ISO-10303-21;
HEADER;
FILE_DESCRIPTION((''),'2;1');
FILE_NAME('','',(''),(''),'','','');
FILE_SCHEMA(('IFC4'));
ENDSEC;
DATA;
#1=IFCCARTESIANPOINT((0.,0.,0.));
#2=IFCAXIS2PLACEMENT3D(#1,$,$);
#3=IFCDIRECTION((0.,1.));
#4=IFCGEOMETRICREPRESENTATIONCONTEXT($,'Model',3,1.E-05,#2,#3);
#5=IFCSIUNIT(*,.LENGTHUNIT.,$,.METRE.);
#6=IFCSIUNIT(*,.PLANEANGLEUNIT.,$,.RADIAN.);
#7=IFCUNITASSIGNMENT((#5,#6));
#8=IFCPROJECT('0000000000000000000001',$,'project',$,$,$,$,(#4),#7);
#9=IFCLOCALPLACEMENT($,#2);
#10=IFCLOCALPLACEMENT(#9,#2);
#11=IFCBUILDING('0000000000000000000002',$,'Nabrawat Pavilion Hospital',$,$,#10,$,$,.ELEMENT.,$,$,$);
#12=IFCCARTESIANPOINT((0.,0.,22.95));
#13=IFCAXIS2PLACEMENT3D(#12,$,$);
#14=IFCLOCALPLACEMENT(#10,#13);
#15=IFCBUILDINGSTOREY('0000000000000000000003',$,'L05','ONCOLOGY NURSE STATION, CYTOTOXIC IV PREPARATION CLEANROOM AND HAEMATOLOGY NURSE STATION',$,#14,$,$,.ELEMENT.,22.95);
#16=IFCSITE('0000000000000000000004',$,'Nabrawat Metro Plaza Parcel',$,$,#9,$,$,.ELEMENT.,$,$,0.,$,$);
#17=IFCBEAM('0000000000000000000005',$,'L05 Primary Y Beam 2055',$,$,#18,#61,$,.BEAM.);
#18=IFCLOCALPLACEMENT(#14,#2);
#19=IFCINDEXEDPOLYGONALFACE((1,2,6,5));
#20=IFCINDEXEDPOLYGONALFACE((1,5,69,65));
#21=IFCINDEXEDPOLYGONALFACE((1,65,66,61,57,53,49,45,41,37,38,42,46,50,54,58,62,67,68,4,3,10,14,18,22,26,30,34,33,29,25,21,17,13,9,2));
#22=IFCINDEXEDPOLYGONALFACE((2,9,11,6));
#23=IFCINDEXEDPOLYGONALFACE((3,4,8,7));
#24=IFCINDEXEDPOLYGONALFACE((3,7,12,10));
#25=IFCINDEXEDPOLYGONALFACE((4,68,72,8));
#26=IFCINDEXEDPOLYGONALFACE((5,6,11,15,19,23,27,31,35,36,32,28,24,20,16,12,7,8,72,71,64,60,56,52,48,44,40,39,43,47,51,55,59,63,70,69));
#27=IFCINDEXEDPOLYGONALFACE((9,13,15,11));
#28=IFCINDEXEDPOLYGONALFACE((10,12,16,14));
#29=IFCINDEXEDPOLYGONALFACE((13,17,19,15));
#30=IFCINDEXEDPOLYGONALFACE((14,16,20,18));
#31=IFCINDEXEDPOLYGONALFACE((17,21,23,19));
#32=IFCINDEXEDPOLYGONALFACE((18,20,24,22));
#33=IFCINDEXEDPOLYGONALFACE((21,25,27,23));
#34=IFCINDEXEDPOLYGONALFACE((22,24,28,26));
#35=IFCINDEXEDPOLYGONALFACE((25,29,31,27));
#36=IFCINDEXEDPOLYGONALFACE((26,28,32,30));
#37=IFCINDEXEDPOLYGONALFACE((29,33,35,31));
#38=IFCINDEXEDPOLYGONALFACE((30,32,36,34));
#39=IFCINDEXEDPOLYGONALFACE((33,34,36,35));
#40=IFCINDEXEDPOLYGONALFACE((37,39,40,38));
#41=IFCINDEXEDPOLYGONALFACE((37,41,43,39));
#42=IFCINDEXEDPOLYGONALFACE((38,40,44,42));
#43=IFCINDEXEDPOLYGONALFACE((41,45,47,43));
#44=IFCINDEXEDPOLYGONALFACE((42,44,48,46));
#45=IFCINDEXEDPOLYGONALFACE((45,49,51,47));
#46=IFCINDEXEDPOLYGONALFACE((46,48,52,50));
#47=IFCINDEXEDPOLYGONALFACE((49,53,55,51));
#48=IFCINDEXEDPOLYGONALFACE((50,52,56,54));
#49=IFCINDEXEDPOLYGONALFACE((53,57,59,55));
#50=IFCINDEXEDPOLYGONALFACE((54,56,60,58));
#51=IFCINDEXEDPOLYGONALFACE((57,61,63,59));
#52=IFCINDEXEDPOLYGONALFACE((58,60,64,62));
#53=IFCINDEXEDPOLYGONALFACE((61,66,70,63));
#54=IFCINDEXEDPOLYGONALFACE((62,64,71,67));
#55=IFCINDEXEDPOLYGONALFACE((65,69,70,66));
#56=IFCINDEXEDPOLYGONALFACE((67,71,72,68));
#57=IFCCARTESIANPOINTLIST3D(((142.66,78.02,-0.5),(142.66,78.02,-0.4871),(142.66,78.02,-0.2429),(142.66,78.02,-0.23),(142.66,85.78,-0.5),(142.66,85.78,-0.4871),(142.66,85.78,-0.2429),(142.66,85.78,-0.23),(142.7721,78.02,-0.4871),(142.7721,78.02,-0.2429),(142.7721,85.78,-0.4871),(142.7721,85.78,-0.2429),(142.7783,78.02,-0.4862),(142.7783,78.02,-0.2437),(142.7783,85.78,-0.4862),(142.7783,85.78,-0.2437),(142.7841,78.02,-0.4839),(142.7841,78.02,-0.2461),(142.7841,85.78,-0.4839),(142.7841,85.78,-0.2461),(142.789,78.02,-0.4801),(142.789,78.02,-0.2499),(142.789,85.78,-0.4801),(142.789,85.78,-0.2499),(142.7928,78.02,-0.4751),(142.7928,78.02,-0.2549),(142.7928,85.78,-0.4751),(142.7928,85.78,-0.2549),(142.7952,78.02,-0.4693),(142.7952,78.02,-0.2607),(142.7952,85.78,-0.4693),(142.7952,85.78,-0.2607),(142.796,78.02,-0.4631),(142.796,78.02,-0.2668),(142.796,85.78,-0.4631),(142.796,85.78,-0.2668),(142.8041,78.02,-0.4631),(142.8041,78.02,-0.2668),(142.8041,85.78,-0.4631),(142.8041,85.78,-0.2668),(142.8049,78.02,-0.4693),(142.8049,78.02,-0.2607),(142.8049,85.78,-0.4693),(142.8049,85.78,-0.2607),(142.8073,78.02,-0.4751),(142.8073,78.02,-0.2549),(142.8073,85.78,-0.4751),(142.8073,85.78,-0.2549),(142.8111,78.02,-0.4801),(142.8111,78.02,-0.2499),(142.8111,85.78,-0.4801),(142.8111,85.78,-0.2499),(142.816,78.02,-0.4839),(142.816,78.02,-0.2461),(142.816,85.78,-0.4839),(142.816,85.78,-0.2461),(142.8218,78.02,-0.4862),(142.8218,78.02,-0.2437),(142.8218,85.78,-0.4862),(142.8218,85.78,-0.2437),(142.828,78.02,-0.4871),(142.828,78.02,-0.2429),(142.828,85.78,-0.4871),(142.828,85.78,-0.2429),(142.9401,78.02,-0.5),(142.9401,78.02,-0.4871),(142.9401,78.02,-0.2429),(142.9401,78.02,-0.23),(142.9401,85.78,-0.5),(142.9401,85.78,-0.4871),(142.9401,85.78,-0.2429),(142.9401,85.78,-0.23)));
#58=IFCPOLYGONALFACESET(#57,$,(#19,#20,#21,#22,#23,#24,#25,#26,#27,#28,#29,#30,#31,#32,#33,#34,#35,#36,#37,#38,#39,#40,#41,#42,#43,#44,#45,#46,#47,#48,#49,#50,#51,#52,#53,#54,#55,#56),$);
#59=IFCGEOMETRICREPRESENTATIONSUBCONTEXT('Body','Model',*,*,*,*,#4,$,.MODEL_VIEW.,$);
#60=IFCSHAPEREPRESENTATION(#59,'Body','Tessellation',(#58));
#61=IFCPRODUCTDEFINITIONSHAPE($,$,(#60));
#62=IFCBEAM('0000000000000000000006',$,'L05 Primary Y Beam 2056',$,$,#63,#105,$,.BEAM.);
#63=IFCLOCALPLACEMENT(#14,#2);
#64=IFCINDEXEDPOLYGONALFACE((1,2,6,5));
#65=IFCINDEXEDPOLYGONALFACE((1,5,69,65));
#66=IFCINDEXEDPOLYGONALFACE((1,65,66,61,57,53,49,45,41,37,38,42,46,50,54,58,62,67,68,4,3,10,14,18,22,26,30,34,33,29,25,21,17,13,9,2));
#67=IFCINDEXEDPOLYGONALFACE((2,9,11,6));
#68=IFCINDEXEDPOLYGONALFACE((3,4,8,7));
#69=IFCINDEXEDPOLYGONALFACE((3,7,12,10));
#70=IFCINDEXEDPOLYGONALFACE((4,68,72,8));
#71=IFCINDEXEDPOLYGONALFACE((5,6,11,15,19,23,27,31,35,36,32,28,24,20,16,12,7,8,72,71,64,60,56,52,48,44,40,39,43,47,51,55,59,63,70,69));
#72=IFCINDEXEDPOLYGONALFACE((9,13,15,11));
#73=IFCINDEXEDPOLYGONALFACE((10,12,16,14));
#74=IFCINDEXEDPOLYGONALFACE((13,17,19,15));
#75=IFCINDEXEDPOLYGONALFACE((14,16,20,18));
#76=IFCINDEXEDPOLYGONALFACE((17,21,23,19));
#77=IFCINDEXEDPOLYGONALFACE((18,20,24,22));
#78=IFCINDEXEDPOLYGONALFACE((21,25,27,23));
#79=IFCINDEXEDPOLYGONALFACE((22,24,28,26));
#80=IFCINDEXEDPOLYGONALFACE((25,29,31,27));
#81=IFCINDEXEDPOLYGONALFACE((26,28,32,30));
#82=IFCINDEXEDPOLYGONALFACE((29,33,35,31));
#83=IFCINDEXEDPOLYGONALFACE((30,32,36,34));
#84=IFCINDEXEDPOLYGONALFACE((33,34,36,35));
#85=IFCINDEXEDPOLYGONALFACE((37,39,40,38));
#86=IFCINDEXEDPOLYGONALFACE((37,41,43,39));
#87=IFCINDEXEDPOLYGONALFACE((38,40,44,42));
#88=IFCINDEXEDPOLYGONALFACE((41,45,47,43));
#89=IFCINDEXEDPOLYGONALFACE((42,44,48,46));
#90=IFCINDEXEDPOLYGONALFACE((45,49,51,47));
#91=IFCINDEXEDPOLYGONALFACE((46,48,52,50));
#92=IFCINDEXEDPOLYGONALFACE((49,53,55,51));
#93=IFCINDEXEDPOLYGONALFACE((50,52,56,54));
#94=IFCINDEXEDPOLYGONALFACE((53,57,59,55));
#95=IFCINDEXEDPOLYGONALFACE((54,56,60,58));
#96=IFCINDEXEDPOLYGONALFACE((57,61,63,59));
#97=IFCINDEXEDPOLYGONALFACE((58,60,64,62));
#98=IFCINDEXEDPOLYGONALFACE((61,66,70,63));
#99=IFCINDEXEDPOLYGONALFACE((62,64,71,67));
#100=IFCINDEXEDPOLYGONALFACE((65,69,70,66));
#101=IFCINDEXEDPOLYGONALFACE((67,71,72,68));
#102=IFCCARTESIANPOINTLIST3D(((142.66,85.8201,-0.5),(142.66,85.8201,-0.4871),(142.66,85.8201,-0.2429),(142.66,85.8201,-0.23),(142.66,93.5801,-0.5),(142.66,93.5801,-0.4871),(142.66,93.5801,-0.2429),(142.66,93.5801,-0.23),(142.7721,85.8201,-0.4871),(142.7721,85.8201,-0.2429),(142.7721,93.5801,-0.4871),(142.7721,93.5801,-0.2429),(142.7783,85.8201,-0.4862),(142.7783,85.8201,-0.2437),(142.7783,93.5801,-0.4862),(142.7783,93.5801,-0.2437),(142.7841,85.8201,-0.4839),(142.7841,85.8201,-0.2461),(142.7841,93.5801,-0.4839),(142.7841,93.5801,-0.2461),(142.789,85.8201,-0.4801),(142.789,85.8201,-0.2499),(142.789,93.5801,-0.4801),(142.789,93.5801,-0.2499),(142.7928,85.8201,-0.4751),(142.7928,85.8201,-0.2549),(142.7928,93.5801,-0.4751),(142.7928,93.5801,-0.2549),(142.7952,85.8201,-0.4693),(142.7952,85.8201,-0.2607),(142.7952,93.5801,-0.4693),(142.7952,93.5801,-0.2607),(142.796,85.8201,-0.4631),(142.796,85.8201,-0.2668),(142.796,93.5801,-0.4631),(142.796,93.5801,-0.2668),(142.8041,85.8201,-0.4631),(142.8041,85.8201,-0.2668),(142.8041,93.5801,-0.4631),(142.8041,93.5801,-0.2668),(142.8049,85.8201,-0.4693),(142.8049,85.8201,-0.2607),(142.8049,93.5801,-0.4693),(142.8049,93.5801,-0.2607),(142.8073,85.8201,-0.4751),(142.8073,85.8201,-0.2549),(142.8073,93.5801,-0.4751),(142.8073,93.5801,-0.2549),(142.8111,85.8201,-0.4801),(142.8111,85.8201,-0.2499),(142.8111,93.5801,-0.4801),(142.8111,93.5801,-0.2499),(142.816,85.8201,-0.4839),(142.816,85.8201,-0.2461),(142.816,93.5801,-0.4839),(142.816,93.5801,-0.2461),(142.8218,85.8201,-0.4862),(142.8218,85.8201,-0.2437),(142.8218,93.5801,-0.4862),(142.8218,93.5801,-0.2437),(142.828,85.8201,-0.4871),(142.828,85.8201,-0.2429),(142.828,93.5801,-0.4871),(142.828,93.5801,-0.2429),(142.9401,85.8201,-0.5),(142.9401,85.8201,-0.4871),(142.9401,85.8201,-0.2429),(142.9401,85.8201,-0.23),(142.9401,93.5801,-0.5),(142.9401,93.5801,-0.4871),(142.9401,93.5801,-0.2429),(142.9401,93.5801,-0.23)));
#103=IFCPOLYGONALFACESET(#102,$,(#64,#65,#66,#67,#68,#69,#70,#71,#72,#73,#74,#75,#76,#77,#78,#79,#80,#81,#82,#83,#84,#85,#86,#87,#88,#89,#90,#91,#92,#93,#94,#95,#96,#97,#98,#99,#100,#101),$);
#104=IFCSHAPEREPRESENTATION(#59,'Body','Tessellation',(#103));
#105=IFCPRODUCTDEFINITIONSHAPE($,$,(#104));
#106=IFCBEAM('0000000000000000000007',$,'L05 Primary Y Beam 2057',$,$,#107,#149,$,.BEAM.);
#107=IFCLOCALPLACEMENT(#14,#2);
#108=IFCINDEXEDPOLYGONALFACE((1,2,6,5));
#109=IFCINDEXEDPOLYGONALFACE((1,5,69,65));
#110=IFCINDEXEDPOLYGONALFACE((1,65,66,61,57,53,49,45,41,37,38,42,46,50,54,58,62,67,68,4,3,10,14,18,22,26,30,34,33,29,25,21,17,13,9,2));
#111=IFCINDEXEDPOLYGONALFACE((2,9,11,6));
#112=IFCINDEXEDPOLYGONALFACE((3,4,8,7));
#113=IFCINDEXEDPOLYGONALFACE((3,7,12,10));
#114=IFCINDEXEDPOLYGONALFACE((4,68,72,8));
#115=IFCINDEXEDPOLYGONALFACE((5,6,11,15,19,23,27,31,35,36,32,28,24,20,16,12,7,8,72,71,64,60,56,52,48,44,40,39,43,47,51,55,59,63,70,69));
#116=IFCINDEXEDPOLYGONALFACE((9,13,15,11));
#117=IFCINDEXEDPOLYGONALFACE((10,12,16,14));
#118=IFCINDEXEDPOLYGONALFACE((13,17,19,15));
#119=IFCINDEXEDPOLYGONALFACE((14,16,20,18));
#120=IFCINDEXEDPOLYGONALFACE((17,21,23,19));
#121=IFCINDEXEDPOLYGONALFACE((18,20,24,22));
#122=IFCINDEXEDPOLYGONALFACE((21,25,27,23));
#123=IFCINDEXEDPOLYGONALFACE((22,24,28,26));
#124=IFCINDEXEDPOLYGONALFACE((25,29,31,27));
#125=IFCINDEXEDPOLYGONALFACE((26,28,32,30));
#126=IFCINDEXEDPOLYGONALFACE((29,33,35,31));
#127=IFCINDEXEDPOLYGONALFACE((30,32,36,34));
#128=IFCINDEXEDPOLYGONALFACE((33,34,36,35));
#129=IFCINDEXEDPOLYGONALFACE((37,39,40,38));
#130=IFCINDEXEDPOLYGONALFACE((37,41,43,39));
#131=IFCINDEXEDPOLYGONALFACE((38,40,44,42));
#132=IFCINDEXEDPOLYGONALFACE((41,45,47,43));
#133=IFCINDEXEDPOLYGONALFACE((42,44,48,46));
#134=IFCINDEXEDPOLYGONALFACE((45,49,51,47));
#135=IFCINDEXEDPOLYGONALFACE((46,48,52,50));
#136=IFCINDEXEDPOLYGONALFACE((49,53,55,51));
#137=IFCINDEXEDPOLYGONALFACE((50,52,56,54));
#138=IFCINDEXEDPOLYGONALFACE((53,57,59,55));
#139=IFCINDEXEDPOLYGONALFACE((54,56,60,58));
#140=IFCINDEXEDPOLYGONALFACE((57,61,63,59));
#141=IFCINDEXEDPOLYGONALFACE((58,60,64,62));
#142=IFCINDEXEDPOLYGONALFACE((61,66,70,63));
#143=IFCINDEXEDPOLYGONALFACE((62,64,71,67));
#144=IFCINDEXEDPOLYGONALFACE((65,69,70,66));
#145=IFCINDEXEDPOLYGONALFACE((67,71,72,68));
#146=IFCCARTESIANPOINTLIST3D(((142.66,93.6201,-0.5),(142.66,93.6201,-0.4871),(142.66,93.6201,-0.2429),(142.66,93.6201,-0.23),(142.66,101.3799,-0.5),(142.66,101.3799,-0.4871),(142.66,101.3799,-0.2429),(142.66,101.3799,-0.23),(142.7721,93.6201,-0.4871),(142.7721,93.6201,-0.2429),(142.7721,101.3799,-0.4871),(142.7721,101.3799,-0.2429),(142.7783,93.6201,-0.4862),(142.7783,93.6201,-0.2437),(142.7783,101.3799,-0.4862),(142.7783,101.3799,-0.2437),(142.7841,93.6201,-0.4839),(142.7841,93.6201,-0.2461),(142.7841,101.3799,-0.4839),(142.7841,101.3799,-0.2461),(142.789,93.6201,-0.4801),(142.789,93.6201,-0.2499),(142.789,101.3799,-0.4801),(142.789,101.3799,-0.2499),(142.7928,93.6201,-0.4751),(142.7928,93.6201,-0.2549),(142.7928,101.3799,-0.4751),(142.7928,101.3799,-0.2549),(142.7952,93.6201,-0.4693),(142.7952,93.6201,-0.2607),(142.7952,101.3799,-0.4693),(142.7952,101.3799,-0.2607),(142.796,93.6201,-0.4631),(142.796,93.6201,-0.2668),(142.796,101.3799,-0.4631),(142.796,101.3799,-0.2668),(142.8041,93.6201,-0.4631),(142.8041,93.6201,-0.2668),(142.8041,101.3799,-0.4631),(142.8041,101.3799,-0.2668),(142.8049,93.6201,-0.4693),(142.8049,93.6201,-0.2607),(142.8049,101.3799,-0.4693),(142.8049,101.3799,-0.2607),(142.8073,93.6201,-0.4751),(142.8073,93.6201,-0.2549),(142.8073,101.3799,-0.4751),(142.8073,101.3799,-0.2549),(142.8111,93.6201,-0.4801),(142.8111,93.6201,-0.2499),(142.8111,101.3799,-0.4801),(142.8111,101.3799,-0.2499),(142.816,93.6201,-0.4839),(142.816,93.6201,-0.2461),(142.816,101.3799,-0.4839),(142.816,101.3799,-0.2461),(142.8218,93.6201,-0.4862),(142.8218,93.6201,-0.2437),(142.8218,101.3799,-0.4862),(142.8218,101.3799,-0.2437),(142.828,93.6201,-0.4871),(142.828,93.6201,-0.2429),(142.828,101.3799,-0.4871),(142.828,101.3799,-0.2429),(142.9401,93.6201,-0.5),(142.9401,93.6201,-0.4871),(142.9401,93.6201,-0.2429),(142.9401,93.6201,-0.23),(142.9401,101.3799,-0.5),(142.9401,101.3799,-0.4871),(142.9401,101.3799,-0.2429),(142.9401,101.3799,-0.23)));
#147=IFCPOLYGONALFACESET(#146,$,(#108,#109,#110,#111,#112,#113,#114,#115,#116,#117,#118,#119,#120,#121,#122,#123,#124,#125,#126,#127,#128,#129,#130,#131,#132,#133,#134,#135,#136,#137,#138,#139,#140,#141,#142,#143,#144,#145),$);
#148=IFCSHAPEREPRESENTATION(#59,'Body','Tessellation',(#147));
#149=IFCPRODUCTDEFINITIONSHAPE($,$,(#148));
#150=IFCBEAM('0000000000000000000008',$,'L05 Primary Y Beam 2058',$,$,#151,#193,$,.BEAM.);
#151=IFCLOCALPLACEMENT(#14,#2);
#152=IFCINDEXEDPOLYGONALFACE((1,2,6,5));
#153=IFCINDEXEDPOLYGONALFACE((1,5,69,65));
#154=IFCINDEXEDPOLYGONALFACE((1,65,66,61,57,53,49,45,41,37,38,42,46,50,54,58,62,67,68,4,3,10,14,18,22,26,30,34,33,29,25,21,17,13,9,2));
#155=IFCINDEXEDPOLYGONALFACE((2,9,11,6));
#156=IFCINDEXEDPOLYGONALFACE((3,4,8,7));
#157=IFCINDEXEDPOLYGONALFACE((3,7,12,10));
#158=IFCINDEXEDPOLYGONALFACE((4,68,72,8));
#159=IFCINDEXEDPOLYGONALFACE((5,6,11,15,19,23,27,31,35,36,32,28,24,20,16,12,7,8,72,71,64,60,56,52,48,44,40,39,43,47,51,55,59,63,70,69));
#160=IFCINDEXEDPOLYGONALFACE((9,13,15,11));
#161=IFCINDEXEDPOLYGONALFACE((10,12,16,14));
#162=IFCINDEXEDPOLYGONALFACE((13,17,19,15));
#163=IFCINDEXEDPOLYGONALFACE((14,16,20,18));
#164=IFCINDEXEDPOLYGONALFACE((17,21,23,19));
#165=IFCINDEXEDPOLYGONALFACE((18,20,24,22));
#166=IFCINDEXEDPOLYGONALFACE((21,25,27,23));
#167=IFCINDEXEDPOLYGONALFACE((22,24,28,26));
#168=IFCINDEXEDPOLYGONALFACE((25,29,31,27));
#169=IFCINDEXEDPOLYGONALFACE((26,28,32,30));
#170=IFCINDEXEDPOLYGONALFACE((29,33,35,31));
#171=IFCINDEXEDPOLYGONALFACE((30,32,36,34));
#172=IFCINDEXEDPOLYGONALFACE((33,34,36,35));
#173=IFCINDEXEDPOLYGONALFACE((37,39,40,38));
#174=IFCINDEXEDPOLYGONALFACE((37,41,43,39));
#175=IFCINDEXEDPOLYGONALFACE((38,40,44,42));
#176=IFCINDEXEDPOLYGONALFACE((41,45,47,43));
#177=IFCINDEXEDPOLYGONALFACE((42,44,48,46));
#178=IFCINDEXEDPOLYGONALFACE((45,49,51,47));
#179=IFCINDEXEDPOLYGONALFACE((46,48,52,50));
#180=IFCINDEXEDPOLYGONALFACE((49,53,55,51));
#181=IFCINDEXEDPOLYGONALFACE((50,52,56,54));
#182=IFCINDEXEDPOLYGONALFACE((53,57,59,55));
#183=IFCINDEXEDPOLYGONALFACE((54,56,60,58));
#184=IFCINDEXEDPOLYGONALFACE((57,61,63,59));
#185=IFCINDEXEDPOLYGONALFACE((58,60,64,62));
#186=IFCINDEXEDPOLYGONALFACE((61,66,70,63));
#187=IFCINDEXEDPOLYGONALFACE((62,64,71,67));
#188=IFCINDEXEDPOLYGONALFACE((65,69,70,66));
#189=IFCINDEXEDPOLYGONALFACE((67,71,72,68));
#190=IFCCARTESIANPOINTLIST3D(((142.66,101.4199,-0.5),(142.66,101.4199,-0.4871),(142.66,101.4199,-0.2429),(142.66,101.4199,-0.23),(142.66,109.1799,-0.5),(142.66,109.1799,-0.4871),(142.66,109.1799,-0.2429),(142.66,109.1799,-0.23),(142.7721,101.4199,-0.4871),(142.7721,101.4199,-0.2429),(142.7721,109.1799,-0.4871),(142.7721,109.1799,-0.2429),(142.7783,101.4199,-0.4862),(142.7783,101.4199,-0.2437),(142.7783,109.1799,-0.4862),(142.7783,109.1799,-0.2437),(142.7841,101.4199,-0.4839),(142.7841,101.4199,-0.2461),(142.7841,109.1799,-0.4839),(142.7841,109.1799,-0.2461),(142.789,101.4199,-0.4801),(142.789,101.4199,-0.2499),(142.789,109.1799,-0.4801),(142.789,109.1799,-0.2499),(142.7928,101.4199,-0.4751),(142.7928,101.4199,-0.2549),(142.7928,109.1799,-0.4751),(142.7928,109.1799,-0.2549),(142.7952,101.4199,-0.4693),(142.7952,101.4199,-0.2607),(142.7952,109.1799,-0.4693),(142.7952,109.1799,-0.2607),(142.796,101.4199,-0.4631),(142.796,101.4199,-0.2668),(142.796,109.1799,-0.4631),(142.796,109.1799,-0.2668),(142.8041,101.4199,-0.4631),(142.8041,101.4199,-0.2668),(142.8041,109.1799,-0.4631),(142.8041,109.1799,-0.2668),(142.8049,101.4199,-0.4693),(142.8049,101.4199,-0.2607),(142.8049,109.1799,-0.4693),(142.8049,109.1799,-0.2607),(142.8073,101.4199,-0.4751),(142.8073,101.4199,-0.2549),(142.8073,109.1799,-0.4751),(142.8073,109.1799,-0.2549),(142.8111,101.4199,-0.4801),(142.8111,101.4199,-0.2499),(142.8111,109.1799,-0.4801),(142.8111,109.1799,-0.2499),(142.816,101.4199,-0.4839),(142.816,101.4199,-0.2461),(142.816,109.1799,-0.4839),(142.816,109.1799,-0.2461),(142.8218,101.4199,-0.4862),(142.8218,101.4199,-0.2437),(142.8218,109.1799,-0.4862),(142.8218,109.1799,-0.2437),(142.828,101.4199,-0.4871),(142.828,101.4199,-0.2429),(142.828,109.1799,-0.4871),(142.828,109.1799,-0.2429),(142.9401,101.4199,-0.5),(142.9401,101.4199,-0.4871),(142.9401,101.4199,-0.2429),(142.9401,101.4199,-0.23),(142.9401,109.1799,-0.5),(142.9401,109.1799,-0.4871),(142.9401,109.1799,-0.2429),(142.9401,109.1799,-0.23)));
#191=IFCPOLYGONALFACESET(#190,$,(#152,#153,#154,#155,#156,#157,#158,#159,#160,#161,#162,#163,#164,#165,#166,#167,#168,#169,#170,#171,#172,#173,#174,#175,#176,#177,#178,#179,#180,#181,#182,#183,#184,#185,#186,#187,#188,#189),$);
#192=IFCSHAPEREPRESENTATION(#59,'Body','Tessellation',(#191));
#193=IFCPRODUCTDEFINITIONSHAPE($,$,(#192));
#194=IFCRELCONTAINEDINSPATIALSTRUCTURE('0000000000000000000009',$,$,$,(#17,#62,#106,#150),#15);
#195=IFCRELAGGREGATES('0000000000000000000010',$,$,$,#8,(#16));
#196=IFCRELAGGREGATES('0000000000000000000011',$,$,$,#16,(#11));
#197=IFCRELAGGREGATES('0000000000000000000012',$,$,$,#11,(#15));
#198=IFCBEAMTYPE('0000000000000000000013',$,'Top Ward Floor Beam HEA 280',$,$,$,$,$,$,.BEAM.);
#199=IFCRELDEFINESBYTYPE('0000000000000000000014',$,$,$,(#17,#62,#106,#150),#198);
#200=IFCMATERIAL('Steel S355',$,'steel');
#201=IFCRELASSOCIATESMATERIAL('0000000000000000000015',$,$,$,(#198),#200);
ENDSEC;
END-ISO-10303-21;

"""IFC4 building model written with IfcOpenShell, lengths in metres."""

from ifc_helpers import new_model, si_unit, direction, frame, origin, origin_2d, place, context, subcontext, project, spatial, i_section, extrude, material, material_profile, profile_set, type_object, element, save


model = new_model("IFC4")

# Units and contexts
model_context = context("Model", 3, precision=1e-05, world=origin(), true_north=direction((0.0, 1.0)))
body_context = subcontext(model_context, "Body", "Model", "MODEL_VIEW")
ifc_project = project(units=[si_unit("LENGTHUNIT", "METRE"), si_unit("PLANEANGLEUNIT", "RADIAN")], contexts=[model_context])

# Site, building, storey
site_placement = place(None, origin())
site = spatial("IfcSite", under=ifc_project, at=site_placement, Name="Nabrawat Metro Plaza Parcel", CompositionType="ELEMENT", RefElevation=0.0)
building_placement = place(site_placement, origin())
building = spatial("IfcBuilding", under=site, at=building_placement, Name="Nabrawat Pavilion Hospital", CompositionType="ELEMENT")
storey_placement = place(building_placement, frame((0.0, 0.0, 22.95)))
storey = spatial("IfcBuildingStorey", under=building, at=storey_placement, Name="L05", Description="ONCOLOGY NURSE STATION, CYTOTOXIC IV PREPARATION CLEANROOM AND HAEMATOLOGY NURSE STATION", CompositionType="ELEMENT", Elevation=22.95)

# Shared definitions
ifc_material_1 = material(Name="Steel S355", Category="steel")

# Beams
ifc_material_profile_1 = material_profile(ifc_material_1, i_section(OverallWidth=0.28, OverallDepth=0.27, WebThickness=0.0081, FlangeThickness=0.0129, FilletRadius=0.0239, at=origin_2d()), Name="HEA 280")
ifc_profile_set_1 = profile_set([ifc_material_profile_1], Name="Steel S355")
beam_type_1 = type_object("IfcBeamType", Name="Top Ward Floor Beam HEA 280", PredefinedType="BEAM", material=ifc_profile_set_1)
for number, where, z_axis, x_axis, name in (
    (1, (142.8, 78.02, -0.365), (0.0, 1.0, 0.0), (-1.0, 0.0, 0.0), "L05 Primary Y Beam 2055"),
    (2, (142.8, 85.8201, -0.365), (0.0, 1.0, 0.0), (-1.0, 0.0, 0.0), "L05 Primary Y Beam 2056"),
):
    element("IfcBeam", number, at=place(storey_placement, frame(where, z_axis=z_axis, x_axis=x_axis)), inside=storey, type_object=beam_type_1, Name=name, PredefinedType="BEAM", context=body_context, shape_type="SweptSolid", body=[
        extrude(i_section(OverallWidth=0.28, OverallDepth=0.27, WebThickness=0.0081, FlangeThickness=0.0129, FilletRadius=0.0239, at=origin_2d()), origin(), (0.0, 0.0, 1.0), 7.76),
    ])
beam_1_placement = place(storey_placement, frame((142.8, 93.6201, -0.365), z_axis=(0.0, 1.0, 0.0), x_axis=(-1.0, 0.0, 0.0)))
element("IfcBeam", 3, at=beam_1_placement, inside=storey, type_object=beam_type_1, Name="L05 Primary Y Beam 2057", PredefinedType="BEAM", context=body_context, shape_type="SweptSolid", body=[
    extrude(i_section(OverallWidth=0.28, OverallDepth=0.27, WebThickness=0.0081, FlangeThickness=0.0129, FilletRadius=0.0239, at=origin_2d()), origin(), (0.0, 0.0, 1.0), 7.7598),
])
for number, where, z_axis, x_axis, name in (
    (4, (142.8, 101.4199, -0.365), (0.0, 1.0, 0.0), (-1.0, 0.0, 0.0), "L05 Primary Y Beam 2058"),
):
    element("IfcBeam", number, at=place(storey_placement, frame(where, z_axis=z_axis, x_axis=x_axis)), inside=storey, type_object=beam_type_1, Name=name, PredefinedType="BEAM", context=body_context, shape_type="SweptSolid", body=[
        extrude(i_section(OverallWidth=0.28, OverallDepth=0.27, WebThickness=0.0081, FlangeThickness=0.0129, FilletRadius=0.0239, at=origin_2d()), origin(), (0.0, 0.0, 1.0), 7.76),
    ])

save(model, "model.ifc")
